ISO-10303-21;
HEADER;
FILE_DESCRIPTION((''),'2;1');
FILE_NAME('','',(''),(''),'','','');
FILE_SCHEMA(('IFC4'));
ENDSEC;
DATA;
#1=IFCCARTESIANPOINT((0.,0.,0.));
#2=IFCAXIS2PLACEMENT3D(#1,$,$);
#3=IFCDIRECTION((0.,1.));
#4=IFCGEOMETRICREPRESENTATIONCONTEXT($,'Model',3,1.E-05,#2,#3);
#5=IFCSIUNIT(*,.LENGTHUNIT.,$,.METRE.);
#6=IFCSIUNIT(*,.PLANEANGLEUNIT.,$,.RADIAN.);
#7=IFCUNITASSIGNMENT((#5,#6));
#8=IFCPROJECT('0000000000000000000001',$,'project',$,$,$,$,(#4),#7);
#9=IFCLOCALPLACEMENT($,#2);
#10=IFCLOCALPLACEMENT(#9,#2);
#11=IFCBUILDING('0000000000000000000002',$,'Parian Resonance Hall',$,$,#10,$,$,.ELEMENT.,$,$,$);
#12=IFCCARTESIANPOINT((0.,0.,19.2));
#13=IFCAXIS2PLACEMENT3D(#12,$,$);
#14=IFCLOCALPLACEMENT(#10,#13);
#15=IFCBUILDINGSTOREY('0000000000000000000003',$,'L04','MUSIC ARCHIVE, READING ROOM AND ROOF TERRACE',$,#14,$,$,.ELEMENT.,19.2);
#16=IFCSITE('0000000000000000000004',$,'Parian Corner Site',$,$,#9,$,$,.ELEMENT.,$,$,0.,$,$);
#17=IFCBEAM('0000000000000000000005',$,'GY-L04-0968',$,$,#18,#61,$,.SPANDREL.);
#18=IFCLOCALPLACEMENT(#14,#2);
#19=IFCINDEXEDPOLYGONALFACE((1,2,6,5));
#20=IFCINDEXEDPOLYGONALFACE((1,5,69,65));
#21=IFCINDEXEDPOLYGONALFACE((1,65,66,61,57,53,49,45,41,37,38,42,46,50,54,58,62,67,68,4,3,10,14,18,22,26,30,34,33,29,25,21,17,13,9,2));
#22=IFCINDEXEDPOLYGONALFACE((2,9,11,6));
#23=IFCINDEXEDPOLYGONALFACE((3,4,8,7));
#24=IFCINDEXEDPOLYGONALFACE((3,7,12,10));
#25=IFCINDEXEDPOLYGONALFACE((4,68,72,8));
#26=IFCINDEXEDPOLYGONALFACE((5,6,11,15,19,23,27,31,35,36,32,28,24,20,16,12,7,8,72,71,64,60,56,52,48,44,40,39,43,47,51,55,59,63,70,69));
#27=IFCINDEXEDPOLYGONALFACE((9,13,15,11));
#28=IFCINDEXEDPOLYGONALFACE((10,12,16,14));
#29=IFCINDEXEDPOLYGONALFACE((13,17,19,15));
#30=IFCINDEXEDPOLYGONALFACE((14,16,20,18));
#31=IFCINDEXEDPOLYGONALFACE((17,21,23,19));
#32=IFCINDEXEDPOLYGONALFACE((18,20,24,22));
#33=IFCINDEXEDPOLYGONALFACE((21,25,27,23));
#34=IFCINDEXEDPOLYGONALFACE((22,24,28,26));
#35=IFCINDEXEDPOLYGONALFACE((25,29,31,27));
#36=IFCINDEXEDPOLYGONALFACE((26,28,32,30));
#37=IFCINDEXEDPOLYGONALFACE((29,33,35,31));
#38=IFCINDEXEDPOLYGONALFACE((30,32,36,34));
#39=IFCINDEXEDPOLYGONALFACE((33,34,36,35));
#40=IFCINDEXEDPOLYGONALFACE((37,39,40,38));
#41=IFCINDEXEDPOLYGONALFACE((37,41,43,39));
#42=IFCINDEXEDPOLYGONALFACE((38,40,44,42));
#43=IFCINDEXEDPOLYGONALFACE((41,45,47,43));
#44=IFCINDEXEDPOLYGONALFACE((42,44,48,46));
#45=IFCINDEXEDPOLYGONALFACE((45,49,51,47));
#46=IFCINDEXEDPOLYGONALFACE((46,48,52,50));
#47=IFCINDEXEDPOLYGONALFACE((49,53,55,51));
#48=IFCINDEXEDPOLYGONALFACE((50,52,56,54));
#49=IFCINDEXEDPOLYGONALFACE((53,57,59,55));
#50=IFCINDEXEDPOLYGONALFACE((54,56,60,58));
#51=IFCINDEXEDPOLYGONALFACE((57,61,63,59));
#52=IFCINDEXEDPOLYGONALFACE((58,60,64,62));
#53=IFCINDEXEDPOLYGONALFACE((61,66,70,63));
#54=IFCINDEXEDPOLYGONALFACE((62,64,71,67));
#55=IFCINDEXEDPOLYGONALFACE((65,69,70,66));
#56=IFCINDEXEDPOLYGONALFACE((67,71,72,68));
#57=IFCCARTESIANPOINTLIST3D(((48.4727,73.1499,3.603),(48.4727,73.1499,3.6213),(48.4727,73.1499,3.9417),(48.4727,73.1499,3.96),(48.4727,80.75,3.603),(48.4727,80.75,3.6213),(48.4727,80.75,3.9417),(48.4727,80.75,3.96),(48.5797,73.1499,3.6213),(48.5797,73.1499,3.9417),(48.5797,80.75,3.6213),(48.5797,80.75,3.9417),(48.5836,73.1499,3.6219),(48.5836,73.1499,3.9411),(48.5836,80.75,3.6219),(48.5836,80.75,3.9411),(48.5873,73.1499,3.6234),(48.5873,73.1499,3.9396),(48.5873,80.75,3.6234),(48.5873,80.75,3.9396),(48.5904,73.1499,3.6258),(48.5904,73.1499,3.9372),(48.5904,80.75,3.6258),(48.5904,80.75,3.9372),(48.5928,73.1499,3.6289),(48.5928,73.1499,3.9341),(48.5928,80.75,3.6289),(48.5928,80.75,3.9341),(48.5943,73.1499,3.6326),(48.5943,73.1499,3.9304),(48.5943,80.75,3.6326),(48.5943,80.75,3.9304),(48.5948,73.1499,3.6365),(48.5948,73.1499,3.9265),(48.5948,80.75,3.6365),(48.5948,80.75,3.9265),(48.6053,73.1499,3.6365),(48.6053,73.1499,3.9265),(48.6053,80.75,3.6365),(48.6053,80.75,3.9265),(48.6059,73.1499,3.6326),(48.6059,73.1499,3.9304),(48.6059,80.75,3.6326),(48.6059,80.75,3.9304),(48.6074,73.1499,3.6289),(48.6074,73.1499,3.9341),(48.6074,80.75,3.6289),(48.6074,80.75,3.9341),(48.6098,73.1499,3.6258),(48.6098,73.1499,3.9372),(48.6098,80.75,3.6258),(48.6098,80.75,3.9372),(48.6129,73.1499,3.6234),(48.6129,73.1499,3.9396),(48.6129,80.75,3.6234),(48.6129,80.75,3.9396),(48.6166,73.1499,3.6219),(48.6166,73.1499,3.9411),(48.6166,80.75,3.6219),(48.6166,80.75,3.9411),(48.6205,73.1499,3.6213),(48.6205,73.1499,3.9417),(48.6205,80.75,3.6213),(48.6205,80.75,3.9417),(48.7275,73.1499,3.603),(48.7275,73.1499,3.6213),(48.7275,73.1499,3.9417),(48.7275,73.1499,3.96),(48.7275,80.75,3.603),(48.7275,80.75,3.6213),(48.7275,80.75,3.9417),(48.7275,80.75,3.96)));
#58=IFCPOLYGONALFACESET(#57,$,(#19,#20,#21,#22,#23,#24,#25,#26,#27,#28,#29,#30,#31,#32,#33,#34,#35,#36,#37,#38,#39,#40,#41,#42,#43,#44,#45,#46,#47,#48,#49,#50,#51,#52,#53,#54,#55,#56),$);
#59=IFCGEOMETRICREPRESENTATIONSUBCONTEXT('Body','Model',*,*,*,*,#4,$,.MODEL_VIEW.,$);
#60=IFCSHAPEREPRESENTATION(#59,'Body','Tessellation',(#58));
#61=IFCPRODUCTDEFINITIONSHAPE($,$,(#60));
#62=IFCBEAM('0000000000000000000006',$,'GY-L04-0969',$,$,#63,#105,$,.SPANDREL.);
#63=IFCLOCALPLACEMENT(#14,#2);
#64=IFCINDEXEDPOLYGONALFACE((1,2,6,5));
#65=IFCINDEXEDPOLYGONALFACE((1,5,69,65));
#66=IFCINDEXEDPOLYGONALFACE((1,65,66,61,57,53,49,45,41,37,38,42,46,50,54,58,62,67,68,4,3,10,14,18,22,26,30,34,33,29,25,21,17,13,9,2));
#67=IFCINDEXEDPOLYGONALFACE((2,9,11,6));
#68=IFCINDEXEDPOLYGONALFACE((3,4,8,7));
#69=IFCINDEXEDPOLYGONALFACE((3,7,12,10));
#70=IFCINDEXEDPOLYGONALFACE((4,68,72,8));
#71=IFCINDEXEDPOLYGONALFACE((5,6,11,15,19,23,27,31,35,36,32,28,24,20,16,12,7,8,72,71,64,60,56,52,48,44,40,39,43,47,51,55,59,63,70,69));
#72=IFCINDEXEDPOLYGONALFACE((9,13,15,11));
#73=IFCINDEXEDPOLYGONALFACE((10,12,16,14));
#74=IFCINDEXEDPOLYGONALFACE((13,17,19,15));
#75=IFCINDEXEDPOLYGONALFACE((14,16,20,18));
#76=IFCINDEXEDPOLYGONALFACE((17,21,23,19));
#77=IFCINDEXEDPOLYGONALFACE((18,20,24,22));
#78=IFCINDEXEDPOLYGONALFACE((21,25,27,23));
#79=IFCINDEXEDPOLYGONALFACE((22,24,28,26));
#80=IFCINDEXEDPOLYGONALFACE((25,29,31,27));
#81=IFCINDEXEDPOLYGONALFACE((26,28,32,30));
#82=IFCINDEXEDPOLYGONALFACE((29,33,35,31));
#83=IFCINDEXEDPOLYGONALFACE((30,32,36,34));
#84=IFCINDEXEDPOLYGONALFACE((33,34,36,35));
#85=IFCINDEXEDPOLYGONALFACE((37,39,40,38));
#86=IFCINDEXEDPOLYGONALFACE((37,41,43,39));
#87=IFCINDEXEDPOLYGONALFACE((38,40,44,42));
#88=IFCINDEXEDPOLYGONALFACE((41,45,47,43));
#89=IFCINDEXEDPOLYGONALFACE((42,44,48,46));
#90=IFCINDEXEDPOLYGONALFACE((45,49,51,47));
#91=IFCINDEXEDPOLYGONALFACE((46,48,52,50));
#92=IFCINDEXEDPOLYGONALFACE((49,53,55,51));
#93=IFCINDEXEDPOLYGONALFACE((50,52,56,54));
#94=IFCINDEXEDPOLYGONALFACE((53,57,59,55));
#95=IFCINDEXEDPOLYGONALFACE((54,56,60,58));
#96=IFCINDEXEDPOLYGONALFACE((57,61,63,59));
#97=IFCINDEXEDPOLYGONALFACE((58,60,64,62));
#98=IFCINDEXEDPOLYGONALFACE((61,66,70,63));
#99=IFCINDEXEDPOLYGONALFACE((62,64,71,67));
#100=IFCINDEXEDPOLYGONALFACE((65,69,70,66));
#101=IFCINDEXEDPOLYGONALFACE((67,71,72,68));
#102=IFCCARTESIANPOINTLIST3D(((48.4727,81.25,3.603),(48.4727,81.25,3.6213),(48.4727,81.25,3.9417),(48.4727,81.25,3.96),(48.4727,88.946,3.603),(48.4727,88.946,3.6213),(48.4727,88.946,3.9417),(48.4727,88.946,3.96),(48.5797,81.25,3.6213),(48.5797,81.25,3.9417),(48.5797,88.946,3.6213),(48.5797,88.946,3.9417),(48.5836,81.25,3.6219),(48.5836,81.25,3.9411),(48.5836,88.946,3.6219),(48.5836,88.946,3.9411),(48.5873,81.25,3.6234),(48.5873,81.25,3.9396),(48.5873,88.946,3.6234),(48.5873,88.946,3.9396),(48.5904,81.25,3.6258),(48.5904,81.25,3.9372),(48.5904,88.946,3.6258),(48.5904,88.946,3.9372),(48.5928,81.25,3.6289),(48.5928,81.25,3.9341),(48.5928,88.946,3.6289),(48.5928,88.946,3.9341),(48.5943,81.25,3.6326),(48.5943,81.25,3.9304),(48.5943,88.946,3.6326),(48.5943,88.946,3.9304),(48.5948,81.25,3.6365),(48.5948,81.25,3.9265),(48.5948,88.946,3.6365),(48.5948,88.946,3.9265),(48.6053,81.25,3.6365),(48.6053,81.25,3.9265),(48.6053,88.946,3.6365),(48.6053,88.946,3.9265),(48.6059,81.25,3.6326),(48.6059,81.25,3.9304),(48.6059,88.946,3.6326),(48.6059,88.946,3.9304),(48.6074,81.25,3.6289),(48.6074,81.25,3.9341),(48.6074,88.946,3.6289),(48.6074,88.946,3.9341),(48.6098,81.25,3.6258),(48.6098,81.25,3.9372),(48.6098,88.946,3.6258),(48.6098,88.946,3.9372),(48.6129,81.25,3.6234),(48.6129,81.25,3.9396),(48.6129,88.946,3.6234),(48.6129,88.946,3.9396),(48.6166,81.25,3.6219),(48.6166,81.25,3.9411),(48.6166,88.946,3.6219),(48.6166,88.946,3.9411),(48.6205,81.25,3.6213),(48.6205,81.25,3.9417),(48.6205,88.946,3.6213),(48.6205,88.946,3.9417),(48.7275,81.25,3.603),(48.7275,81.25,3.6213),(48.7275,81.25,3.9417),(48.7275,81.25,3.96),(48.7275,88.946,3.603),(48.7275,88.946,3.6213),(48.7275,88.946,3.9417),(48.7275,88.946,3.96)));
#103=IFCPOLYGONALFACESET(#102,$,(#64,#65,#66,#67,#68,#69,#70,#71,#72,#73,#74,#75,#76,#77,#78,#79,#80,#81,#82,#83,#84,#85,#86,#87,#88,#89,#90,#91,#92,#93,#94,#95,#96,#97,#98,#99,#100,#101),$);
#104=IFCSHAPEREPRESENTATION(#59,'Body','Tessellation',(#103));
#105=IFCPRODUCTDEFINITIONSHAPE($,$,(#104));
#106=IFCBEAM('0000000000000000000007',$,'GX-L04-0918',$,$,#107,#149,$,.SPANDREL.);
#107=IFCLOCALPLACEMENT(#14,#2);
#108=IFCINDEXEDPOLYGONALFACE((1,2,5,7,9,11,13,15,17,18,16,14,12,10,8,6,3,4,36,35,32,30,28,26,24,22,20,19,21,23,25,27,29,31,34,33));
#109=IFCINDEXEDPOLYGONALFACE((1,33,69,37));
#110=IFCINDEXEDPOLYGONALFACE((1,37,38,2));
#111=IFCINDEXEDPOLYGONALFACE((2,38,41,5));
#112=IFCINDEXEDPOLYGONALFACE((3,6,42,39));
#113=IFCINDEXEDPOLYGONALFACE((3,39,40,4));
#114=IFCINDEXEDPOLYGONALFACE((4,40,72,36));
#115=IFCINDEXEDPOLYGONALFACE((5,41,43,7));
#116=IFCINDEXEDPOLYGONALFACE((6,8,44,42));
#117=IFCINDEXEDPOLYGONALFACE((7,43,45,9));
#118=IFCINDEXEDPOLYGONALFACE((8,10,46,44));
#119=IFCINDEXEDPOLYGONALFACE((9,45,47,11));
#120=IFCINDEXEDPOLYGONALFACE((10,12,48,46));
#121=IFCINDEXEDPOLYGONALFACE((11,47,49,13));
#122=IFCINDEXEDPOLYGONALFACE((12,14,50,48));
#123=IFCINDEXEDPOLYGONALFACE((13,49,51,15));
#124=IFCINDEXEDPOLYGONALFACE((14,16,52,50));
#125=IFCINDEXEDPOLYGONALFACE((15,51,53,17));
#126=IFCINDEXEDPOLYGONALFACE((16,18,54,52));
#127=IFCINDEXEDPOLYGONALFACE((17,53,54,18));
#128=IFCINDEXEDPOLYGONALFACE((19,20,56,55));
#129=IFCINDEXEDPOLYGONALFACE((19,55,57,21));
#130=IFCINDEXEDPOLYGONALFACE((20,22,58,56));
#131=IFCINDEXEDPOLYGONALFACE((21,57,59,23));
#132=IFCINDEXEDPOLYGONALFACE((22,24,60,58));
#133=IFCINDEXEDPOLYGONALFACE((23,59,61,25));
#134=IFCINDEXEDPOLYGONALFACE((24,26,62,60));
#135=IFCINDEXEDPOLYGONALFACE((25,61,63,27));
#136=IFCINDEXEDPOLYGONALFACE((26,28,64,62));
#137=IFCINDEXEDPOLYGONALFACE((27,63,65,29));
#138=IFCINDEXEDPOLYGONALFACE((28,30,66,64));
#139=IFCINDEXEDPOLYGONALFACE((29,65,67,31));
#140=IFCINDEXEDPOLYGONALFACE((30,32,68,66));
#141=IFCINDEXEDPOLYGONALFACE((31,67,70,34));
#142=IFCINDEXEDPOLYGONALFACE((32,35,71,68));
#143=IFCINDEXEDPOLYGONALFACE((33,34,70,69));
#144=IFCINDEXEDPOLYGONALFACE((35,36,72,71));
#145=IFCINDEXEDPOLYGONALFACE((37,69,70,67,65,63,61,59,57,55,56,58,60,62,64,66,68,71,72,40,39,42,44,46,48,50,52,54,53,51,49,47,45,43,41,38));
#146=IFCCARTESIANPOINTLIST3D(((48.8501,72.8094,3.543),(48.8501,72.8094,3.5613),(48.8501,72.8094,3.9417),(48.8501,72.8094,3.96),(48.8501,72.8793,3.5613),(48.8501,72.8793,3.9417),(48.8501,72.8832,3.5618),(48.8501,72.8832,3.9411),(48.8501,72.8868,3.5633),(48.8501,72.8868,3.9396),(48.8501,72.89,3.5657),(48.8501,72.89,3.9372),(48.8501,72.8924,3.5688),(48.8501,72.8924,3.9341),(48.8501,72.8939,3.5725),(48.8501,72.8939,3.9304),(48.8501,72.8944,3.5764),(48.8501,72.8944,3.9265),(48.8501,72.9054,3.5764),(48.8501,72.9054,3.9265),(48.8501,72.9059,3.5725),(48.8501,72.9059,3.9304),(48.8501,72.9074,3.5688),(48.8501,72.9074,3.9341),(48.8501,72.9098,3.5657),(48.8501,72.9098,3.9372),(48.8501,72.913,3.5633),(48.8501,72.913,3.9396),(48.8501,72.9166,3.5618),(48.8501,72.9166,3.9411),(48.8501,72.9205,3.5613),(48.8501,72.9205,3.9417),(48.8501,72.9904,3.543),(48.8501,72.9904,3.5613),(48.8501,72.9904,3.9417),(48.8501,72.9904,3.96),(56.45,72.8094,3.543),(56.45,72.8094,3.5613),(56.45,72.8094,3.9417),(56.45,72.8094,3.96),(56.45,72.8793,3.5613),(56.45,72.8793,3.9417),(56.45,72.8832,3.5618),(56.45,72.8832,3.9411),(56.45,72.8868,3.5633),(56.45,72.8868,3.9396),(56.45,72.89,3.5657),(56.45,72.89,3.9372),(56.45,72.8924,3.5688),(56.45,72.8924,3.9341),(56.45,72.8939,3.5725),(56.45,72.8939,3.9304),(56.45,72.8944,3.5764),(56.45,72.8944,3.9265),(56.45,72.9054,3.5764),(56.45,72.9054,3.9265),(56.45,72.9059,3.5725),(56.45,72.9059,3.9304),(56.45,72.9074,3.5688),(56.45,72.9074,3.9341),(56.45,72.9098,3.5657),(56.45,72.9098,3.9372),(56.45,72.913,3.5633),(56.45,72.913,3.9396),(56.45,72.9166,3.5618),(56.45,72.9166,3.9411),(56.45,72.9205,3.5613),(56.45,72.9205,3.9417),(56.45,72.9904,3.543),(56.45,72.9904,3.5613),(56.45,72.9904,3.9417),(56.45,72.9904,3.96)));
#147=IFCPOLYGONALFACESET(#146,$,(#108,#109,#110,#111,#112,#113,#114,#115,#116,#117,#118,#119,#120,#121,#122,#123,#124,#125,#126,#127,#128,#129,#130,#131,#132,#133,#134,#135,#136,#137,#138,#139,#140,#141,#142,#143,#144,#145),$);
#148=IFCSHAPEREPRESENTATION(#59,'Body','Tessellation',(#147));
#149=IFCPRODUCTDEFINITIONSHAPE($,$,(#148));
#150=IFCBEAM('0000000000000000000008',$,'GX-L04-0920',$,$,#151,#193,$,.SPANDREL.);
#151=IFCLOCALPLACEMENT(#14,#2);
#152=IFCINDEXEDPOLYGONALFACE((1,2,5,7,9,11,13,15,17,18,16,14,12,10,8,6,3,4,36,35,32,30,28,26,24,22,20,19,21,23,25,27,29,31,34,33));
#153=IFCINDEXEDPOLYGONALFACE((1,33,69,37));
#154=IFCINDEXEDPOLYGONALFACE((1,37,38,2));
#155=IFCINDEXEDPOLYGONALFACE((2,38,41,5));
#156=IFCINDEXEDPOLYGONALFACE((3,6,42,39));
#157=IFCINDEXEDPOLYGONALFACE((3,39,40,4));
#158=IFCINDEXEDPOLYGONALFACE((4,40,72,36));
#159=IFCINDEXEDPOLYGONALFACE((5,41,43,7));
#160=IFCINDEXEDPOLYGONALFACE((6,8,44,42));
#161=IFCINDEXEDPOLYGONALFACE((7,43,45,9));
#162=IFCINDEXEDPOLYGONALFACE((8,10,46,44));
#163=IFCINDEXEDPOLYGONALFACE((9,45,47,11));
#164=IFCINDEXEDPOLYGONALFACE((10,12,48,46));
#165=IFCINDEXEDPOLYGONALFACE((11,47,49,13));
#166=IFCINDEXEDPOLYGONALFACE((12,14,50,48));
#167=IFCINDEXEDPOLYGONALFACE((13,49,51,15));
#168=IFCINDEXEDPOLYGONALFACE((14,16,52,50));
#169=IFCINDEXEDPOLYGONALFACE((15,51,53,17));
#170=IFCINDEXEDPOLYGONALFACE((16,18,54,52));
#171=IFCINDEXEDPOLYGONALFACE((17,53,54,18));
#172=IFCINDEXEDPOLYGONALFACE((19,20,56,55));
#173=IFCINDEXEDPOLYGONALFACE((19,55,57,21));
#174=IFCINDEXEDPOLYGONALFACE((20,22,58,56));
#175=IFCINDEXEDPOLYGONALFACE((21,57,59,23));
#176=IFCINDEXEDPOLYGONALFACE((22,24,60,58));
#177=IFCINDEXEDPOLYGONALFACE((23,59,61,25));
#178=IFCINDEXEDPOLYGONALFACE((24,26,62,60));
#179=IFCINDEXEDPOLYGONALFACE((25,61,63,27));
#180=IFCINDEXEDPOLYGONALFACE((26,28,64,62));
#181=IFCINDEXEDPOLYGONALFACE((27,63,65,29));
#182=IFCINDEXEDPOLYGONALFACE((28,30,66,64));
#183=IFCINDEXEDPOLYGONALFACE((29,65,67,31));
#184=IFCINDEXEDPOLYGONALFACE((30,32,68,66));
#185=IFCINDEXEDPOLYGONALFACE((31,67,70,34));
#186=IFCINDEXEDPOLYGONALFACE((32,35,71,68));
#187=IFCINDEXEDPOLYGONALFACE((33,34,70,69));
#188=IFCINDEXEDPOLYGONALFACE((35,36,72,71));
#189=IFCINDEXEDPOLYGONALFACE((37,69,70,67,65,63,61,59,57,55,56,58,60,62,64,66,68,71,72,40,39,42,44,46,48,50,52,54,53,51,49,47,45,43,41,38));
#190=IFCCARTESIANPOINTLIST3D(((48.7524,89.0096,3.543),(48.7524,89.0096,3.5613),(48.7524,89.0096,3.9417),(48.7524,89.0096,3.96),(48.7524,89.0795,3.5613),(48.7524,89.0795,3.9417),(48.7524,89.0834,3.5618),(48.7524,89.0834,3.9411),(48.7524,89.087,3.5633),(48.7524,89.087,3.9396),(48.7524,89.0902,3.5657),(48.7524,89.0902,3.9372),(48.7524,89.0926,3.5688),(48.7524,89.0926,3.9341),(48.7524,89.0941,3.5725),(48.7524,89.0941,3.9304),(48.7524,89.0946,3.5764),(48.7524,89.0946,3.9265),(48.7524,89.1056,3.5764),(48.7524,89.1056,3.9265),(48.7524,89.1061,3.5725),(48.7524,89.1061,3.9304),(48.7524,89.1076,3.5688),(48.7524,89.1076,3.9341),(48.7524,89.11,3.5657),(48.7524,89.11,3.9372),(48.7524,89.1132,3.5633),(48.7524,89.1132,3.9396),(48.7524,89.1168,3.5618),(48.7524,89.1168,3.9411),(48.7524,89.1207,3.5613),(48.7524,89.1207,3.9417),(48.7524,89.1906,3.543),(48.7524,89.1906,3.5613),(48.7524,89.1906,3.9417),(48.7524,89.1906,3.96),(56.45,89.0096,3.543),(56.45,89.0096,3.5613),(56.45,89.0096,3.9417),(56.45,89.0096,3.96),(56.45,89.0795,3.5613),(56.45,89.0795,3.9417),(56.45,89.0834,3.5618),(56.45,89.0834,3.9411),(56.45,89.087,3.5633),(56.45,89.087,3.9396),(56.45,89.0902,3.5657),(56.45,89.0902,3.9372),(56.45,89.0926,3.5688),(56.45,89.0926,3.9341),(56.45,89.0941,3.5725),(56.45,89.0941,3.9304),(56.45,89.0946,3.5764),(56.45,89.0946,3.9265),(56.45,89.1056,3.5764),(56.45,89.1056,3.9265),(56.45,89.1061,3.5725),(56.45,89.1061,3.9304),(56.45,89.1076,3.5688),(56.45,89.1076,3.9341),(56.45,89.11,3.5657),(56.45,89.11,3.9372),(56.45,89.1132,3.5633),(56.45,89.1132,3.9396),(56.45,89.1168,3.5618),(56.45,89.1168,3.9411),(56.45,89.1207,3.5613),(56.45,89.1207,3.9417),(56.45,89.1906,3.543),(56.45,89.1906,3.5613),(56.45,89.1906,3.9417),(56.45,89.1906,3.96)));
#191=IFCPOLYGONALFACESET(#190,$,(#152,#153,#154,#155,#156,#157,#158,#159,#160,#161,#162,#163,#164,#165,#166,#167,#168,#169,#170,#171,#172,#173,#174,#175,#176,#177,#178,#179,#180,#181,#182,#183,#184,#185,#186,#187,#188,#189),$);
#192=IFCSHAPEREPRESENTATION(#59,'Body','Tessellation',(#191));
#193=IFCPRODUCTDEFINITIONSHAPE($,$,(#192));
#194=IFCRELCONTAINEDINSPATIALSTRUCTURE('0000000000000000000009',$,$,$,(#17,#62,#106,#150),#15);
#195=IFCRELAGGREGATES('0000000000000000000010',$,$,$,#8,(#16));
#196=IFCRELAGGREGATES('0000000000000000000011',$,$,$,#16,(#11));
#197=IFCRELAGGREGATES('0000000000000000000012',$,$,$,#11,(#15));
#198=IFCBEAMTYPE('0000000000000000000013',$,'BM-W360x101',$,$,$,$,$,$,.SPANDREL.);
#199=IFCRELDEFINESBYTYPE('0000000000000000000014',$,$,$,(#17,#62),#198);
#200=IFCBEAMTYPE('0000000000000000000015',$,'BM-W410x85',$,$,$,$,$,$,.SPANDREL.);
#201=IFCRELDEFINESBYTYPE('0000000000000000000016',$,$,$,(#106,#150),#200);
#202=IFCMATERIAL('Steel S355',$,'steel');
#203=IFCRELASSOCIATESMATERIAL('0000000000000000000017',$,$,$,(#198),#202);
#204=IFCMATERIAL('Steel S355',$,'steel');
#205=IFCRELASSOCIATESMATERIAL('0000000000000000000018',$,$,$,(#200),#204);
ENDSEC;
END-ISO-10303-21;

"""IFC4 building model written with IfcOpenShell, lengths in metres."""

from ifc_helpers import new_model, si_unit, direction, frame, origin, origin_2d, place, context, subcontext, project, spatial, i_section, extrude, material, material_profile, profile_set, type_object, element, save


model = new_model("IFC4")

# Units and contexts
model_context = context("Model", 3, precision=1e-05, world=origin(), true_north=direction((0.0, 1.0)))
body_context = subcontext(model_context, "Body", "Model", "MODEL_VIEW")
ifc_project = project(units=[si_unit("LENGTHUNIT", "METRE"), si_unit("PLANEANGLEUNIT", "RADIAN")], contexts=[model_context])

# Site, building, storey
site_placement = place(None, origin())
site = spatial("IfcSite", under=ifc_project, at=site_placement, Name="Parian Corner Site", CompositionType="ELEMENT", RefElevation=0.0)
building_placement = place(site_placement, origin())
building = spatial("IfcBuilding", under=site, at=building_placement, Name="Parian Resonance Hall", CompositionType="ELEMENT")
storey_placement = place(building_placement, frame((0.0, 0.0, 19.2)))
storey = spatial("IfcBuildingStorey", under=building, at=storey_placement, Name="L04", Description="MUSIC ARCHIVE, READING ROOM AND ROOF TERRACE", CompositionType="ELEMENT", Elevation=19.2)

# Beams
ifc_material_1 = material(Name="Steel S355", Category="steel")
ifc_material_profile_1 = material_profile(ifc_material_1, i_section(OverallWidth=0.2549, OverallDepth=0.3569, WebThickness=0.0105, FlangeThickness=0.0183, FilletRadius=0.0151, at=origin_2d()), Name="W360x101")
ifc_profile_set_1 = profile_set([ifc_material_profile_1], Name="Steel S355")
beam_type_1 = type_object("IfcBeamType", Name="BM-W360x101", PredefinedType="SPANDREL", material=ifc_profile_set_1)
beam_1_placement = place(storey_placement, frame((48.6001, 73.1499, 3.7815), z_axis=(0.0, 1.0, 0.0), x_axis=(-1.0, 0.0, 0.0)))
element("IfcBeam", 1, at=beam_1_placement, inside=storey, type_object=beam_type_1, Name="GY-L04-0968", PredefinedType="SPANDREL", context=body_context, shape_type="SweptSolid", body=[
    extrude(i_section(OverallWidth=0.2549, OverallDepth=0.3569, WebThickness=0.0105, FlangeThickness=0.0183, FilletRadius=0.0151, at=origin_2d()), origin(), (0.0, 0.0, 1.0), 7.6001),
])
beam_2_placement = place(storey_placement, frame((48.6001, 81.25, 3.7815), z_axis=(0.0, 1.0, 0.0), x_axis=(-1.0, 0.0, 0.0)))
element("IfcBeam", 2, at=beam_2_placement, inside=storey, type_object=beam_type_1, Name="GY-L04-0969", PredefinedType="SPANDREL", context=body_context, shape_type="SweptSolid", body=[
    extrude(i_section(OverallWidth=0.2549, OverallDepth=0.3569, WebThickness=0.0105, FlangeThickness=0.0183, FilletRadius=0.0151, at=origin_2d()), origin(), (0.0, 0.0, 1.0), 7.696),
])
ifc_material_2 = material(Name="Steel S355", Category="steel")
ifc_material_profile_2 = material_profile(ifc_material_2, i_section(OverallWidth=0.1809, OverallDepth=0.417, WebThickness=0.011, FlangeThickness=0.0183, FilletRadius=0.0151, at=origin_2d()), Name="W410x85")
ifc_profile_set_2 = profile_set([ifc_material_profile_2], Name="Steel S355")
beam_type_2 = type_object("IfcBeamType", Name="BM-W410x85", PredefinedType="SPANDREL", material=ifc_profile_set_2)
beam_3_placement = place(storey_placement, frame((48.8501, 72.8999, 3.7515), z_axis=(1.0, 0.0, 0.0), x_axis=(0.0, 1.0, 0.0)))
element("IfcBeam", 3, at=beam_3_placement, inside=storey, type_object=beam_type_2, Name="GX-L04-0918", PredefinedType="SPANDREL", context=body_context, shape_type="SweptSolid", body=[
    extrude(i_section(OverallWidth=0.1809, OverallDepth=0.417, WebThickness=0.011, FlangeThickness=0.0183, FilletRadius=0.0151, at=origin_2d()), origin(), (0.0, 0.0, 1.0), 7.5999),
])
beam_4_placement = place(storey_placement, frame((48.7524, 89.1001, 3.7515), z_axis=(1.0, 0.0, 0.0), x_axis=(0.0, 1.0, 0.0)))
element("IfcBeam", 4, at=beam_4_placement, inside=storey, type_object=beam_type_2, Name="GX-L04-0920", PredefinedType="SPANDREL", context=body_context, shape_type="SweptSolid", body=[
    extrude(i_section(OverallWidth=0.1809, OverallDepth=0.417, WebThickness=0.011, FlangeThickness=0.0183, FilletRadius=0.0151, at=origin_2d()), origin(), (0.0, 0.0, 1.0), 7.6975),
])

save(model, "model.ifc")
